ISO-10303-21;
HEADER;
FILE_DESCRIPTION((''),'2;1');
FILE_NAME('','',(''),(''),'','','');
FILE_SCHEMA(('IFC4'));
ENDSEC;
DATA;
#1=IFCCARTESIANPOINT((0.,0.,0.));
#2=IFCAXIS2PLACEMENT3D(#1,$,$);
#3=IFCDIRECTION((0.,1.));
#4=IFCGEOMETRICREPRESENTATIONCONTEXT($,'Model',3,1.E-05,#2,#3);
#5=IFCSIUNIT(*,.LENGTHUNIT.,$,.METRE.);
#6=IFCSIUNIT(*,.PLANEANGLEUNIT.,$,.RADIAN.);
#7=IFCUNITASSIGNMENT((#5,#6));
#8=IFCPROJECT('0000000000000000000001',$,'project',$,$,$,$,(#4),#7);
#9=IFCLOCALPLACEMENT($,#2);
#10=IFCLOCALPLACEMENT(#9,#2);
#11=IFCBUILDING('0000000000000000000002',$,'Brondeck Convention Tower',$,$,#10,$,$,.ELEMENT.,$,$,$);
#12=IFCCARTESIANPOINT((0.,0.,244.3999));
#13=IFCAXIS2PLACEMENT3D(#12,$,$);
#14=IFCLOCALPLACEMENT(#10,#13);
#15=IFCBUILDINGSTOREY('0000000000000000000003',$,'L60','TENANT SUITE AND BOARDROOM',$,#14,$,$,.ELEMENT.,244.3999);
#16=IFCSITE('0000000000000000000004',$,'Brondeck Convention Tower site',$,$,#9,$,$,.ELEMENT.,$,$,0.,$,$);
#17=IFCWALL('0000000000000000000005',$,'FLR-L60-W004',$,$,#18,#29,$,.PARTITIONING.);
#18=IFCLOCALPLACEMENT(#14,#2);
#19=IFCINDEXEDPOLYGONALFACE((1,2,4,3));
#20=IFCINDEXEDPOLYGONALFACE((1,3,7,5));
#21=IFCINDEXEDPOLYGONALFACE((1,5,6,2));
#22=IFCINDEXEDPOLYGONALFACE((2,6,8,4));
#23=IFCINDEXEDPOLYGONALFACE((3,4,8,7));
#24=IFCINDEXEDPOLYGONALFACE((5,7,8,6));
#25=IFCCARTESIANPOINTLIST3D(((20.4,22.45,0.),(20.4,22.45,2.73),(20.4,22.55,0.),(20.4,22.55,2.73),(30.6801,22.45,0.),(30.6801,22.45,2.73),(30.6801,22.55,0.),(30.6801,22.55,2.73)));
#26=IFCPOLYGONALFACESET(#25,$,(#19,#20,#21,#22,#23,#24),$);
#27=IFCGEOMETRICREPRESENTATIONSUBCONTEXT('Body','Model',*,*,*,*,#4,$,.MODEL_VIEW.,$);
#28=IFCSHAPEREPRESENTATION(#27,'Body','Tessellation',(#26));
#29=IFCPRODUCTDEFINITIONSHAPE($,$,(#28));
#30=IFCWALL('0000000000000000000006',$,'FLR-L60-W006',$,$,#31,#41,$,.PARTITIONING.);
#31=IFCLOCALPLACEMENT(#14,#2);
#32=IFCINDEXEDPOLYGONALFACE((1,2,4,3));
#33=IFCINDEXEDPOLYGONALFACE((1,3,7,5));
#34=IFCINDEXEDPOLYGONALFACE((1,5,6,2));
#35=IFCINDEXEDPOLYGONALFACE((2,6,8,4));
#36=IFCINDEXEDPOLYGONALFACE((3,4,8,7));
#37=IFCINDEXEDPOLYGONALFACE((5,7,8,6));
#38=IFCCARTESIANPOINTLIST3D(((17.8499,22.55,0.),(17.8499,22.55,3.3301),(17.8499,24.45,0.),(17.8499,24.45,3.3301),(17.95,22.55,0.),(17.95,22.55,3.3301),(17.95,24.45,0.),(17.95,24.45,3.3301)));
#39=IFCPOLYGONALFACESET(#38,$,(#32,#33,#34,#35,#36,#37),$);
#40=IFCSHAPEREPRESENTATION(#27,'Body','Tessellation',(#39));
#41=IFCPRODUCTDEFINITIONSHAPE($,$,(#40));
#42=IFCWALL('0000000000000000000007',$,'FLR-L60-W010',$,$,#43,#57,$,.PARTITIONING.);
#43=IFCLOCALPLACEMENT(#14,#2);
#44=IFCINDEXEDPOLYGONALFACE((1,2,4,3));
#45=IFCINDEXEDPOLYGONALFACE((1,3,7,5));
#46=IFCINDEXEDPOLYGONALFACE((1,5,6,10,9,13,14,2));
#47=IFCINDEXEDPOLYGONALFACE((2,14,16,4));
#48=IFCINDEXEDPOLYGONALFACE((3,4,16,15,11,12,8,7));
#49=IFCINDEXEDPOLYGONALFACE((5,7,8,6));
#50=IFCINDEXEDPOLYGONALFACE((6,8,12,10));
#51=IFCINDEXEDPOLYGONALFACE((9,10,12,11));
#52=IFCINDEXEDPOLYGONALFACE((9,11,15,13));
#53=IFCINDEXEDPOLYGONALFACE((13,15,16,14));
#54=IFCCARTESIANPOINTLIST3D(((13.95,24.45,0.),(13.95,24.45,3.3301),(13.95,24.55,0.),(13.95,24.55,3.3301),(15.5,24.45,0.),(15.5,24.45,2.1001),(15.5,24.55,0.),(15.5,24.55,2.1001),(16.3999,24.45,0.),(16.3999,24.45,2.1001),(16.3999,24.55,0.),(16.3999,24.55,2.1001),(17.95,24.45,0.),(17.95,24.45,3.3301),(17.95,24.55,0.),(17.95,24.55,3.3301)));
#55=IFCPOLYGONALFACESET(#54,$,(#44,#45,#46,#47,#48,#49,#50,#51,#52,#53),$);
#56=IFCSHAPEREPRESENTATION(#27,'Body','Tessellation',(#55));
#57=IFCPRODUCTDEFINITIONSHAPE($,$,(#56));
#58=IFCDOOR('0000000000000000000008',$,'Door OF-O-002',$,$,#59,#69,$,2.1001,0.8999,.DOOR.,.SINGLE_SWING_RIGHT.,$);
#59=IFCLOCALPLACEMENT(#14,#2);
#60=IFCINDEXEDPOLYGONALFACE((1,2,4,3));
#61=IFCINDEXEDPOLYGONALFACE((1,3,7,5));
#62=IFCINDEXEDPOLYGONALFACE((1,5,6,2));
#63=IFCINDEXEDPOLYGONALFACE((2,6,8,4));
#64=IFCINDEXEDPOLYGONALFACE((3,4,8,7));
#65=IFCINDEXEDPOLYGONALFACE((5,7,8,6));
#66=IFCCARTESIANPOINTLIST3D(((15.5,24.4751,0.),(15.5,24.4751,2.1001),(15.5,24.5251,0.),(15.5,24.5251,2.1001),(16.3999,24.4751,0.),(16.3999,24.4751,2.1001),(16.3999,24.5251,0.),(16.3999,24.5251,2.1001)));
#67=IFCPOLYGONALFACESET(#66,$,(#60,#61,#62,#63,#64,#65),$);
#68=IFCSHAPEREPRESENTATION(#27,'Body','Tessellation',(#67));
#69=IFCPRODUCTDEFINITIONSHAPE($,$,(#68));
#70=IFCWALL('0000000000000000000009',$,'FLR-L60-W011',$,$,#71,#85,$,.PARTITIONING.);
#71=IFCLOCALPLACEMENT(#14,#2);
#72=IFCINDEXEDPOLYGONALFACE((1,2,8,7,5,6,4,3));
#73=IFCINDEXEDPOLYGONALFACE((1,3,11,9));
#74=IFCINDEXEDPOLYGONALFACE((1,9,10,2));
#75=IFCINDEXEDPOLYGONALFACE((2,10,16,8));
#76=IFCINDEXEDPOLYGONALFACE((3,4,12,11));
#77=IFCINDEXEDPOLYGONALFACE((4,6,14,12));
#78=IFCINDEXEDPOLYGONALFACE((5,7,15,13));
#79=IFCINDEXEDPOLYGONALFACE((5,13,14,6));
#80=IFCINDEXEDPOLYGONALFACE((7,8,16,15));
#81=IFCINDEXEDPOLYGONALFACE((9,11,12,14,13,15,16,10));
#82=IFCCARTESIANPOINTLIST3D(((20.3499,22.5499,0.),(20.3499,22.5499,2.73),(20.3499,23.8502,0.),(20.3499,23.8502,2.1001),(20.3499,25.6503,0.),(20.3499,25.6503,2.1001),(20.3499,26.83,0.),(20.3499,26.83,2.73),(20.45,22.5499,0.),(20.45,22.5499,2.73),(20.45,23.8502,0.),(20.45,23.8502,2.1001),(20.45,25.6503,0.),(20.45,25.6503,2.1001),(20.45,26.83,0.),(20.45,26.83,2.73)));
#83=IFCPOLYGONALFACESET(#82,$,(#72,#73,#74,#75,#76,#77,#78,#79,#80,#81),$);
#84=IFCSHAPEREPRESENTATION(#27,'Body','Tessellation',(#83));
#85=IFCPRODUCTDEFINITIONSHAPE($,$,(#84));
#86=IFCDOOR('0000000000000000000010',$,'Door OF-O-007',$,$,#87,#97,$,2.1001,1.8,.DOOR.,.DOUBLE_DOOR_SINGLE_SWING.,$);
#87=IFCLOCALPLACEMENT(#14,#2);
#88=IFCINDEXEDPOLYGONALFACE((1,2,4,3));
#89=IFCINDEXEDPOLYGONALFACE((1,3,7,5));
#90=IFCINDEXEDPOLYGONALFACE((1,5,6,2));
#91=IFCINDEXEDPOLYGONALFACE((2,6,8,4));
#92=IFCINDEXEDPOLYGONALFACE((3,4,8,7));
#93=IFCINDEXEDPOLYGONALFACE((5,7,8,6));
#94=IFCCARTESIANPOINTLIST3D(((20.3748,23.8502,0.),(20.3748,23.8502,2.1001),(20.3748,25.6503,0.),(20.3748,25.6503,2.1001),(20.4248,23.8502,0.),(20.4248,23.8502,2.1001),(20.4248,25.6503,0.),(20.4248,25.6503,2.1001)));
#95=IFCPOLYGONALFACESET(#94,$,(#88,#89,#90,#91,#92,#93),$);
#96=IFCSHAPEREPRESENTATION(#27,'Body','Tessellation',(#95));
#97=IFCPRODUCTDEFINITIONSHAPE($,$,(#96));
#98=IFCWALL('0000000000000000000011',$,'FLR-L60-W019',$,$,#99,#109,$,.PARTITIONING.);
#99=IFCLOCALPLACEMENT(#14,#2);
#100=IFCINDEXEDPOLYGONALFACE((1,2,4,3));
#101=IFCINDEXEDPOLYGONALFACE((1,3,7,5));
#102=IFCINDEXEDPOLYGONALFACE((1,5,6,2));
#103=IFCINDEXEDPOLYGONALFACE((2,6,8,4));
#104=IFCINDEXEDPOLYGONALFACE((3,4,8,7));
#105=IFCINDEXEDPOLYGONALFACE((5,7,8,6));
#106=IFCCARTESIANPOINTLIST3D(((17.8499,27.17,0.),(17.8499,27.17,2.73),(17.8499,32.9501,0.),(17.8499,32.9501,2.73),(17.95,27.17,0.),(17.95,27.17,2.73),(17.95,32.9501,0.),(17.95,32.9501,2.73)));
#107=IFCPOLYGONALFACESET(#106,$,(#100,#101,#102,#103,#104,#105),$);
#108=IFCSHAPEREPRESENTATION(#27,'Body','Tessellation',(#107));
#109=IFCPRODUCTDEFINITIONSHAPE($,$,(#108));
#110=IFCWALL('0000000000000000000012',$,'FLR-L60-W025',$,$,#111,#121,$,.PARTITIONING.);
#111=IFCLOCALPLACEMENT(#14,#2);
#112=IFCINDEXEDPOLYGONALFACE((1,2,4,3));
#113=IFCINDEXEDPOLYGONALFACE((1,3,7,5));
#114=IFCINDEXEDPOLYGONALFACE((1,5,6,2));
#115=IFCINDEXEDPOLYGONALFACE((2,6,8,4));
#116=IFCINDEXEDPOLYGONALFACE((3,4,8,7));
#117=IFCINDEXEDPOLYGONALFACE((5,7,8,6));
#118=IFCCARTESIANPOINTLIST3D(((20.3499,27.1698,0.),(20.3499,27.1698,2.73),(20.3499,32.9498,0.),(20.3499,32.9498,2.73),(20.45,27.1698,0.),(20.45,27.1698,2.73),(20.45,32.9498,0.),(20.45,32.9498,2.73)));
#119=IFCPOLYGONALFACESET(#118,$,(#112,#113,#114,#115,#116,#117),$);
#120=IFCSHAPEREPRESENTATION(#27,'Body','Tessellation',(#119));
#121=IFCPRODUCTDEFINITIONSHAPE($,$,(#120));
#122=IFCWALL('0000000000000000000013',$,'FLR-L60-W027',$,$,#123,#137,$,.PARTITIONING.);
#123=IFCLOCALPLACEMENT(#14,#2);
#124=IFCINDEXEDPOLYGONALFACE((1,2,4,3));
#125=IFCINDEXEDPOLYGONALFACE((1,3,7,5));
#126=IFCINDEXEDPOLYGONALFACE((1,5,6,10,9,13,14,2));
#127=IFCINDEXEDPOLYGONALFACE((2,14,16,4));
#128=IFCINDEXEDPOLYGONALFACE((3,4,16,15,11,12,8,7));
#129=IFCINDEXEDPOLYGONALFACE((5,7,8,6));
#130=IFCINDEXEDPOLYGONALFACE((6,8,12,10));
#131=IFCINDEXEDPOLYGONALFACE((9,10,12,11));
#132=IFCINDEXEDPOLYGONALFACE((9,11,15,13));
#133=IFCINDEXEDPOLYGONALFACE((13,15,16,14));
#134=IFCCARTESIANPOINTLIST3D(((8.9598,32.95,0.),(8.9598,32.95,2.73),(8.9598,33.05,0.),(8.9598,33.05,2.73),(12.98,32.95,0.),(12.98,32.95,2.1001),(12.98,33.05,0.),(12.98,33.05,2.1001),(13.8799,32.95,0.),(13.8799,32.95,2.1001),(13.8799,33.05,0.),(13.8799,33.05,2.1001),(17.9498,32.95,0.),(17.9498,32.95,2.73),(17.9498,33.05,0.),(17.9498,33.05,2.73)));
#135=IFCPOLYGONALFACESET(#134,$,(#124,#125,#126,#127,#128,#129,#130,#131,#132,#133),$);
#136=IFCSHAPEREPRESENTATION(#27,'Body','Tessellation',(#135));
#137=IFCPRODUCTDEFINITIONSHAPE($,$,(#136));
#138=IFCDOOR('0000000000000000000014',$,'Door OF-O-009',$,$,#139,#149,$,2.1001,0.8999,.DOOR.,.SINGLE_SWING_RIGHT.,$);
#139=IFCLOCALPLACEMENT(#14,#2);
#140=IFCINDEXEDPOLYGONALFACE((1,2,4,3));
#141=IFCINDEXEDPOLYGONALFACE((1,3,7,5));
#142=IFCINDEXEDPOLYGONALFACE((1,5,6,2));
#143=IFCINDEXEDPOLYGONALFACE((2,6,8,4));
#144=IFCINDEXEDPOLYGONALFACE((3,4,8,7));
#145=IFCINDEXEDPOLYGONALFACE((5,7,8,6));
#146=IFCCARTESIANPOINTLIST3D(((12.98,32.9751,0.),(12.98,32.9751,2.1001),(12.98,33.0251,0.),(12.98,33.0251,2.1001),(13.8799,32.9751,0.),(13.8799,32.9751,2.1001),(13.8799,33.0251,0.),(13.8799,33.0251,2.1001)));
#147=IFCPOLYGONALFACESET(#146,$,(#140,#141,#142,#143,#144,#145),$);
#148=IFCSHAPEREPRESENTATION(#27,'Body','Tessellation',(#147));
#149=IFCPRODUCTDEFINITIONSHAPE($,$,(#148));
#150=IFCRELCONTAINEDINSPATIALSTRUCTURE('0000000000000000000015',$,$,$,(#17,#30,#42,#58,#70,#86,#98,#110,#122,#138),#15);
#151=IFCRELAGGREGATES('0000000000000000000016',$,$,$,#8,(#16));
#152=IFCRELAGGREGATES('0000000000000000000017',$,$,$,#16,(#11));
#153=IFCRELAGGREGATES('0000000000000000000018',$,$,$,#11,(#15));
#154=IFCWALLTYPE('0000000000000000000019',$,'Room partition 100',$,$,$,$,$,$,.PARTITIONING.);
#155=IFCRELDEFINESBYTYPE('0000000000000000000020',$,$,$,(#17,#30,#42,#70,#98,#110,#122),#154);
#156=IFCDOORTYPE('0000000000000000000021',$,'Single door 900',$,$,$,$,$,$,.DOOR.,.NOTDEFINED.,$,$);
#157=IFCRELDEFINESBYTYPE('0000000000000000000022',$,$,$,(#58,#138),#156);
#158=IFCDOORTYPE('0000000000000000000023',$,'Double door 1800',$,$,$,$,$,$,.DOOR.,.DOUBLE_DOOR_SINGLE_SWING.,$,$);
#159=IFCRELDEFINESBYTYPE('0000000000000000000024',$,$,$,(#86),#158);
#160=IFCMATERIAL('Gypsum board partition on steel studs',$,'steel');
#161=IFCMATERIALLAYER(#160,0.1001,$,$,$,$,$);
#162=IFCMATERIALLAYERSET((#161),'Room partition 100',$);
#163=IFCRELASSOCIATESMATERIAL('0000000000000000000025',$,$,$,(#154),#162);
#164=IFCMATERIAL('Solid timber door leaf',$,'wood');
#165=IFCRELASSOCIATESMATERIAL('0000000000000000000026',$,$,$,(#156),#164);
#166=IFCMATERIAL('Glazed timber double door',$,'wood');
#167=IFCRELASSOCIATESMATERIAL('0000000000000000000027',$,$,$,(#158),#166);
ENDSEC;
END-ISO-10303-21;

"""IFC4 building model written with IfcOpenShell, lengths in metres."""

from ifc_helpers import new_model, si_unit, direction, frame, frame_2d, origin, place, context, subcontext, project, spatial, rectangle, extrude, material, layer, layer_set, type_object, element, fill, save


model = new_model("IFC4")

# Units and contexts
model_context = context("Model", 3, precision=1e-05, world=origin(), true_north=direction((0.0, 1.0)))
body_context = subcontext(model_context, "Body", "Model", "MODEL_VIEW")
ifc_project = project(units=[si_unit("LENGTHUNIT", "METRE"), si_unit("PLANEANGLEUNIT", "RADIAN")], contexts=[model_context])

# Site, building, storey
site_placement = place(None, origin())
site = spatial("IfcSite", under=ifc_project, at=site_placement, Name="Brondeck Convention Tower site", CompositionType="ELEMENT", RefElevation=0.0)
building_placement = place(site_placement, origin())
building = spatial("IfcBuilding", under=site, at=building_placement, Name="Brondeck Convention Tower", CompositionType="ELEMENT")
storey_placement = place(building_placement, frame((0.0, 0.0, 244.3999)))
storey = spatial("IfcBuildingStorey", under=building, at=storey_placement, Name="L60", Description="TENANT SUITE AND BOARDROOM", CompositionType="ELEMENT", Elevation=244.3999)

# Shared definitions
ifc_material_1 = material(Name="Gypsum board partition on steel studs", Category="steel")
ifc_layer_1 = layer(ifc_material_1, 0.1001)
ifc_layer_set_1 = layer_set([ifc_layer_1], Name="Room partition 100")
wall_type_1 = type_object("IfcWallType", Name="Room partition 100", PredefinedType="PARTITIONING", material=ifc_layer_set_1)

# Shared definitions
ifc_material_2 = material(Name="Solid timber door leaf", Category="wood")
door_type_1 = type_object("IfcDoorType", Name="Single door 900", OperationType="NOTDEFINED", PredefinedType="DOOR", material=ifc_material_2)

# Walls
wall_1_placement = place(storey_placement, frame((20.3999, 22.5, 0.0), z_axis=(0.0, 0.0, 1.0), x_axis=(1.0, 0.0, 0.0)))
element("IfcWall", 1, at=wall_1_placement, inside=storey, type_object=wall_type_1, Name="FLR-L60-W004", PredefinedType="PARTITIONING", context=body_context, shape_type="SweptSolid", body=[
    extrude(rectangle(XDim=10.28, YDim=0.1001, at=frame_2d((5.1401, 0.0))), origin(), (0.0, 0.0, 1.0), 2.73),
])
wall_2_placement = place(storey_placement, frame((17.8999, 22.55, 0.0), z_axis=(0.0, 0.0, 1.0), x_axis=(0.0, 1.0, 0.0)))
element("IfcWall", 2, at=wall_2_placement, inside=storey, type_object=wall_type_1, Name="FLR-L60-W006", PredefinedType="PARTITIONING", context=body_context, shape_type="SweptSolid", body=[
    extrude(rectangle(XDim=1.8999, YDim=0.1001, at=frame_2d((0.95, 0.0))), origin(), (0.0, 0.0, 1.0), 3.3301),
])

# Walls, openings, doors
wall_3_placement = place(storey_placement, frame((17.95, 24.5, 0.0), z_axis=(0.0, 0.0, 1.0), x_axis=(-1.0, 0.0, 0.0)))
wall_3 = element("IfcWall", 3, at=wall_3_placement, inside=storey, type_object=wall_type_1, Name="FLR-L60-W010", PredefinedType="PARTITIONING", context=body_context, shape_type="SweptSolid", body=[
    extrude(rectangle(XDim=4.0, YDim=0.1001, at=frame_2d((2.0, 0.0))), origin(), (0.0, 0.0, 1.0), 3.3301),
])
opening_1_placement = place(wall_3_placement, frame((1.55, 0.0, 0.0)))
opening_1 = element("IfcOpeningElement", 4, at=opening_1_placement, cuts=wall_3, PredefinedType="OPENING", context=body_context, shape_type="SweptSolid", body=[
    extrude(rectangle(XDim=0.8999, YDim=2.1001, at=frame_2d((0.45, 1.05))), frame((0.0, 0.0601, 0.0), z_axis=(0.0, -1.0, 0.0), x_axis=(1.0, 0.0, 0.0)), (0.0, 0.0, 1.0), 0.1201),
])
door_1_placement = place(opening_1_placement, origin())
door_1 = element("IfcDoor", 5, at=door_1_placement, inside=storey, type_object=door_type_1, Name="Door OF-O-002", OperationType="SINGLE_SWING_RIGHT", OverallHeight=2.1001, OverallWidth=0.8999, PredefinedType="DOOR", context=body_context, shape_type="SweptSolid", body=[
    extrude(rectangle(XDim=0.8999, YDim=2.1001, at=frame_2d((0.45, 1.05))), frame((0.0, 0.0249, 0.0), z_axis=(0.0, -1.0, 0.0), x_axis=(1.0, 0.0, 0.0)), (0.0, 0.0, 1.0), 0.05),
])
fill(opening_1, door_1)
wall_4_placement = place(storey_placement, frame((20.3999, 26.8301, 0.0), z_axis=(0.0, 0.0, 1.0), x_axis=(0.0, -1.0, 0.0)))
wall_4 = element("IfcWall", 6, at=wall_4_placement, inside=storey, type_object=wall_type_1, Name="FLR-L60-W011", PredefinedType="PARTITIONING", context=body_context, shape_type="SweptSolid", body=[
    extrude(rectangle(XDim=4.28, YDim=0.1001, at=frame_2d((2.1401, 0.0))), origin(), (0.0, 0.0, 1.0), 2.73),
])
opening_2_placement = place(wall_4_placement, frame((1.1799, 0.0, 0.0)))
opening_2 = element("IfcOpeningElement", 7, at=opening_2_placement, cuts=wall_4, PredefinedType="OPENING", context=body_context, shape_type="SweptSolid", body=[
    extrude(rectangle(XDim=1.8, YDim=2.1001, at=frame_2d((0.8999, 1.05))), frame((0.0, 0.0601, 0.0), z_axis=(0.0, -1.0, 0.0), x_axis=(1.0, 0.0, 0.0)), (0.0, 0.0, 1.0), 0.1201),
])
ifc_material_3 = material(Name="Glazed timber double door", Category="wood")
door_type_2 = type_object("IfcDoorType", Name="Double door 1800", OperationType="DOUBLE_DOOR_SINGLE_SWING", PredefinedType="DOOR", material=ifc_material_3)
door_2_placement = place(opening_2_placement, origin())
door_2 = element("IfcDoor", 8, at=door_2_placement, inside=storey, type_object=door_type_2, Name="Door OF-O-007", OperationType="DOUBLE_DOOR_SINGLE_SWING", OverallHeight=2.1001, OverallWidth=1.8, PredefinedType="DOOR", context=body_context, shape_type="SweptSolid", body=[
    extrude(rectangle(XDim=1.8, YDim=2.1001, at=frame_2d((0.8999, 1.05))), frame((0.0, 0.0249, 0.0), z_axis=(0.0, -1.0, 0.0), x_axis=(1.0, 0.0, 0.0)), (0.0, 0.0, 1.0), 0.05),
])
fill(opening_2, door_2)

# Walls
for number, where, z_axis, x_axis, name in (
    (9, (17.8999, 27.1699, 0.0), (0.0, 0.0, 1.0), (0.0, 1.0, 0.0), "FLR-L60-W019"),
    (10, (20.3999, 32.95, 0.0), (0.0, 0.0, 1.0), (0.0, -1.0, 0.0), "FLR-L60-W025"),
):
    element("IfcWall", number, at=place(storey_placement, frame(where, z_axis=z_axis, x_axis=x_axis)), inside=storey, type_object=wall_type_1, Name=name, PredefinedType="PARTITIONING", context=body_context, shape_type="SweptSolid", body=[
        extrude(rectangle(XDim=5.78, YDim=0.1001, at=frame_2d((2.8901, 0.0))), origin(), (0.0, 0.0, 1.0), 2.73),
    ])

# Wall, opening, door
wall_5_placement = place(storey_placement, frame((17.95, 33.0, 0.0), z_axis=(0.0, 0.0, 1.0), x_axis=(-1.0, 0.0, 0.0)))
wall_5 = element("IfcWall", 11, at=wall_5_placement, inside=storey, type_object=wall_type_1, Name="FLR-L60-W027", PredefinedType="PARTITIONING", context=body_context, shape_type="SweptSolid", body=[
    extrude(rectangle(XDim=8.99, YDim=0.1001, at=frame_2d((4.4951, 0.0))), origin(), (0.0, 0.0, 1.0), 2.73),
])
opening_3_placement = place(wall_5_placement, frame((4.0701, 0.0, 0.0)))
opening_3 = element("IfcOpeningElement", 12, at=opening_3_placement, cuts=wall_5, PredefinedType="OPENING", context=body_context, shape_type="SweptSolid", body=[
    extrude(rectangle(XDim=0.8999, YDim=2.1001, at=frame_2d((0.45, 1.05))), frame((0.0, 0.0601, 0.0), z_axis=(0.0, -1.0, 0.0), x_axis=(1.0, 0.0, 0.0)), (0.0, 0.0, 1.0), 0.1201),
])
door_3_placement = place(opening_3_placement, origin())
door_3 = element("IfcDoor", 13, at=door_3_placement, inside=storey, type_object=door_type_1, Name="Door OF-O-009", OperationType="SINGLE_SWING_RIGHT", OverallHeight=2.1001, OverallWidth=0.8999, PredefinedType="DOOR", context=body_context, shape_type="SweptSolid", body=[
    extrude(rectangle(XDim=0.8999, YDim=2.1001, at=frame_2d((0.45, 1.05))), frame((0.0, 0.0249, 0.0), z_axis=(0.0, -1.0, 0.0), x_axis=(1.0, 0.0, 0.0)), (0.0, 0.0, 1.0), 0.05),
])
fill(opening_3, door_3)

save(model, "model.ifc")
